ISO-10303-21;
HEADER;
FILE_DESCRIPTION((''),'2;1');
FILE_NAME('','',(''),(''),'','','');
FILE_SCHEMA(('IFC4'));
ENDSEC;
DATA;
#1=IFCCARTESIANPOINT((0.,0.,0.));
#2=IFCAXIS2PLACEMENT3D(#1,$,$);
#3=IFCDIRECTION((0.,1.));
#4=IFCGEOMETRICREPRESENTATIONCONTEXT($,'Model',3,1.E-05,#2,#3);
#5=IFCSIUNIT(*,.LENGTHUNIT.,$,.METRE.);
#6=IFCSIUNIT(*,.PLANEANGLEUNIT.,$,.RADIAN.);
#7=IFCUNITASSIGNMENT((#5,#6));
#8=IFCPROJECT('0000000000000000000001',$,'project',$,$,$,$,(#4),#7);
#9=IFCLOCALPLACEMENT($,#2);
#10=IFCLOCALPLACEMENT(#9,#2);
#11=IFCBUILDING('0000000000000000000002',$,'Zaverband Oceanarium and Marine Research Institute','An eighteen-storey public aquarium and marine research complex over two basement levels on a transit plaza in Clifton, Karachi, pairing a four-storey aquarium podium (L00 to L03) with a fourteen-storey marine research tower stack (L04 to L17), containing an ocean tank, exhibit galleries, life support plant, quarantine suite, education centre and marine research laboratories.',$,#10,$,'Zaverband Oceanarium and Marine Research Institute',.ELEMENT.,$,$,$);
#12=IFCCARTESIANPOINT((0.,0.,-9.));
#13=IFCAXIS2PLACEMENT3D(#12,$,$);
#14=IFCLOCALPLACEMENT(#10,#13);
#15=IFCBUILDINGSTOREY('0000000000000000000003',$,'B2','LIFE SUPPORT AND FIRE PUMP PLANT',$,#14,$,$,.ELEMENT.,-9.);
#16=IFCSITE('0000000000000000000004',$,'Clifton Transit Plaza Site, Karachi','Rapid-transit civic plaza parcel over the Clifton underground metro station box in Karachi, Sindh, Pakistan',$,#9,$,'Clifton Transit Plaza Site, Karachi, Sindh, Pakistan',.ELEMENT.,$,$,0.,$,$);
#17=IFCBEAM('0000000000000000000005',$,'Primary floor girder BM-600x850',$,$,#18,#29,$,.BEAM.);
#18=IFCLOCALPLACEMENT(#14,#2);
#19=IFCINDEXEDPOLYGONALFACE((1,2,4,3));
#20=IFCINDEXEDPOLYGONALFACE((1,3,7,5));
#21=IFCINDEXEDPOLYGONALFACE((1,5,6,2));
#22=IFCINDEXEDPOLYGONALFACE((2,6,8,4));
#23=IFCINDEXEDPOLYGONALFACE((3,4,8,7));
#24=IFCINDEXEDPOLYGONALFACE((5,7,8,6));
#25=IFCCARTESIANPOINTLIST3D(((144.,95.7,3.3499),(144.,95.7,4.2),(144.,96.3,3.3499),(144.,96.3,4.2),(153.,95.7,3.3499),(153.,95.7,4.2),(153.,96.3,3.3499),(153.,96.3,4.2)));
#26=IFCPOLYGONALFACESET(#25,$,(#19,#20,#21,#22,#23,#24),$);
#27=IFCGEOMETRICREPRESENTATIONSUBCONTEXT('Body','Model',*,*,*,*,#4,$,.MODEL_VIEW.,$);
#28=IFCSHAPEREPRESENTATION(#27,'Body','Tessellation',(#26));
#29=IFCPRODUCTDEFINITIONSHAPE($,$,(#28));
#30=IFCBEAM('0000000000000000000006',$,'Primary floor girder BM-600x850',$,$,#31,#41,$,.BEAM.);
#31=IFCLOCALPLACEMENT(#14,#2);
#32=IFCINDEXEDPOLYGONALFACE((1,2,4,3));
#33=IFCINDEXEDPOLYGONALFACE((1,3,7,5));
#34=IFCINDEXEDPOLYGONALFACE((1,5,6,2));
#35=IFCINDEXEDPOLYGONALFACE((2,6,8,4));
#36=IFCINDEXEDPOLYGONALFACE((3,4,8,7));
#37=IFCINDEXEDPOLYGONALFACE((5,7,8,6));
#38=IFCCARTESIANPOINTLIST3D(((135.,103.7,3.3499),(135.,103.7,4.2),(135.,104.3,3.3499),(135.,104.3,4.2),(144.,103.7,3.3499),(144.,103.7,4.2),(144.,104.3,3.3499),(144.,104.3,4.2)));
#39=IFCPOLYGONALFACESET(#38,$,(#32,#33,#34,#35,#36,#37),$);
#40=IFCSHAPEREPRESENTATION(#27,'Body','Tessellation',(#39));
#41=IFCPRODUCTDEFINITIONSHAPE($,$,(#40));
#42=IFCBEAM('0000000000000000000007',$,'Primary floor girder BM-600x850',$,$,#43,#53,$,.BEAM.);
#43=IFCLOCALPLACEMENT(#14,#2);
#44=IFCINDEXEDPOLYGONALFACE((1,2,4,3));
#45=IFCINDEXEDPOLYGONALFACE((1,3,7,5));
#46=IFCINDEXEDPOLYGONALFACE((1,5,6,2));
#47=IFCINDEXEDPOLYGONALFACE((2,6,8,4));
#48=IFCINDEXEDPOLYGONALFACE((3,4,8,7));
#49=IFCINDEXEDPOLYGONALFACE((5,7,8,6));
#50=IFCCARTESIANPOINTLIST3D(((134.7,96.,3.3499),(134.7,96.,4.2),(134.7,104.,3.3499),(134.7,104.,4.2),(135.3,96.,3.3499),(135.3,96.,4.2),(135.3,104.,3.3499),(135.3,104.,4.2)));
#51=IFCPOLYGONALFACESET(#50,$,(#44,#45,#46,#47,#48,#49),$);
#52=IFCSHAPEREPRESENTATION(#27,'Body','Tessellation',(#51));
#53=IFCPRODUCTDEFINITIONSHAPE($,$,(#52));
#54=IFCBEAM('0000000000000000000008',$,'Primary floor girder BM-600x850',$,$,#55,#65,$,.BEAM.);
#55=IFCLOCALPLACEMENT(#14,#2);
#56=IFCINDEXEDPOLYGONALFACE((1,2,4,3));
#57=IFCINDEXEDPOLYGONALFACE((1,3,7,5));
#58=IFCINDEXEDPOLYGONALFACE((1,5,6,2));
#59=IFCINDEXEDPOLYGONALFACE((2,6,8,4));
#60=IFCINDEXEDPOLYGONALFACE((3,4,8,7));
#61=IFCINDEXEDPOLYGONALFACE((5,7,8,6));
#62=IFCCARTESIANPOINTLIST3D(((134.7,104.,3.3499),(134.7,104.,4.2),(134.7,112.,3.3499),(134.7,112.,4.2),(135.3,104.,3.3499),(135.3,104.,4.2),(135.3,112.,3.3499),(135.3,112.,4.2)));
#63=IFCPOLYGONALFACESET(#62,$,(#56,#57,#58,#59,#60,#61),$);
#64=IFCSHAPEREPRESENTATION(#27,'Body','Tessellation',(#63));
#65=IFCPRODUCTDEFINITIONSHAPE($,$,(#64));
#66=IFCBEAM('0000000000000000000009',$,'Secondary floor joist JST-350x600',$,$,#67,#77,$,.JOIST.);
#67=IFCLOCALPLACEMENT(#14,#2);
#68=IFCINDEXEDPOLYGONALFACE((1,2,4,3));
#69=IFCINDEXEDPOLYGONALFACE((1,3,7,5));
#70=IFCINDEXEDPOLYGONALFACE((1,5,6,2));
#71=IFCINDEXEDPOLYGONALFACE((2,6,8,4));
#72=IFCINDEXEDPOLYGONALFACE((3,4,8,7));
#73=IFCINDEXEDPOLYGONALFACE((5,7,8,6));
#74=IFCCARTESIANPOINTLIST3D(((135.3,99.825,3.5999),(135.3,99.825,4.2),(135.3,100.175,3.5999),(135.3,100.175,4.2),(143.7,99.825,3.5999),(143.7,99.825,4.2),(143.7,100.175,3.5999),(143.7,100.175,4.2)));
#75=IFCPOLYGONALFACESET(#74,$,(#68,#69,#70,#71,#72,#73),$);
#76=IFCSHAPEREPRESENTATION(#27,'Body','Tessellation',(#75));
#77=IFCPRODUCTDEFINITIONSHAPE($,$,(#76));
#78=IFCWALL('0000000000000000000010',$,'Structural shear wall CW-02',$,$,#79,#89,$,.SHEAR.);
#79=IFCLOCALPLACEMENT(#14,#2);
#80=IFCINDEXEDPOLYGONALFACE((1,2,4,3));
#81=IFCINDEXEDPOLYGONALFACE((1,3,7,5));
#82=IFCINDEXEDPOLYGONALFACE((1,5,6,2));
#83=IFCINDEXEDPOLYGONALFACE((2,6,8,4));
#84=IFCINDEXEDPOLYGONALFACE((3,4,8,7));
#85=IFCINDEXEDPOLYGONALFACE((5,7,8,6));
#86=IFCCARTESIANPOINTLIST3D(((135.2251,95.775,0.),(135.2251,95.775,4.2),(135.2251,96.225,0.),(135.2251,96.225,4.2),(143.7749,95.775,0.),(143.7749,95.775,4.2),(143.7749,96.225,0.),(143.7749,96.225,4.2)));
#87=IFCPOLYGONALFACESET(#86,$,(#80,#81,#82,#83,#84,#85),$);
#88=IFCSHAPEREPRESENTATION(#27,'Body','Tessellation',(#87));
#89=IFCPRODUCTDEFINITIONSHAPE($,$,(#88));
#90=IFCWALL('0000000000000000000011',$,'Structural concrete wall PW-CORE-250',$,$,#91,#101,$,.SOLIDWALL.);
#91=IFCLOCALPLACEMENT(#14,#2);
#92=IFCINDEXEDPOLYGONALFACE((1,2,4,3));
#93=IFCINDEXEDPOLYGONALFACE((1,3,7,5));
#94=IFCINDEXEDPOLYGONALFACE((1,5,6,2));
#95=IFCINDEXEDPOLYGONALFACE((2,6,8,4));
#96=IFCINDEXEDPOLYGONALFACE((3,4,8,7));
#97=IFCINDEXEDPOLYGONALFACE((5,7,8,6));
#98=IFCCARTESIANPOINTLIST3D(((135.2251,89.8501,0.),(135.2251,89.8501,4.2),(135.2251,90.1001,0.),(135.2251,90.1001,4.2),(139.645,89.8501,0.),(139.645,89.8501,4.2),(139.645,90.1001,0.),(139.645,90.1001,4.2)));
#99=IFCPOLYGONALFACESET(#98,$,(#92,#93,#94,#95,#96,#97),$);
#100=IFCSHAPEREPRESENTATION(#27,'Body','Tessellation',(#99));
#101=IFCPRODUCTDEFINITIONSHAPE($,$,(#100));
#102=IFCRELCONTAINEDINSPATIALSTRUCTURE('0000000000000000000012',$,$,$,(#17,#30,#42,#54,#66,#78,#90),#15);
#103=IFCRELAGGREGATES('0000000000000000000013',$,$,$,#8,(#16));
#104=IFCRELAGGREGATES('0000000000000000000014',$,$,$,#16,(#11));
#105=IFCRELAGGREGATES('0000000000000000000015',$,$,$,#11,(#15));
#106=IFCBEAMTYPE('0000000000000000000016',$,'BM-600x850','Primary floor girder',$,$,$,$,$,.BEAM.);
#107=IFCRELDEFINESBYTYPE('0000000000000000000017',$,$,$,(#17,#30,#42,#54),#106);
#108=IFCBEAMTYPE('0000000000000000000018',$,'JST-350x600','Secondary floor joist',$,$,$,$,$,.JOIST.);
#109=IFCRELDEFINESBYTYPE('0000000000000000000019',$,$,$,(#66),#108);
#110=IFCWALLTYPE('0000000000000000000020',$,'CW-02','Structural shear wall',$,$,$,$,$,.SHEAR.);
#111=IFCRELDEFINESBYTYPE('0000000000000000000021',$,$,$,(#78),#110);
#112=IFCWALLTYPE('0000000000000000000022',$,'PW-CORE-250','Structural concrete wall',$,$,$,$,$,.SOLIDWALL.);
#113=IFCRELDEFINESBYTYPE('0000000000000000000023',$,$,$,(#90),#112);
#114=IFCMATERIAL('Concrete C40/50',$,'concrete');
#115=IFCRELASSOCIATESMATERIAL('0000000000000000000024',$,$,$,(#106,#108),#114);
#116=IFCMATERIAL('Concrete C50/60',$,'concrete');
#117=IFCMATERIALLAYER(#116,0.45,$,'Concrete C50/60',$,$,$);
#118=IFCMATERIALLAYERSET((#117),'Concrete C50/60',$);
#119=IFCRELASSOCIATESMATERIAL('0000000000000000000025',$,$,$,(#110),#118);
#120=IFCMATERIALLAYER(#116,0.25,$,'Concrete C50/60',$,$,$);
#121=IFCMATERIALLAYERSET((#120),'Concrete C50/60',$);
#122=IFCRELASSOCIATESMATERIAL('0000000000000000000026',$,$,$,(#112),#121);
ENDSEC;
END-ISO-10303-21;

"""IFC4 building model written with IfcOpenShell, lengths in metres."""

from ifc_helpers import new_model, si_unit, direction, frame, frame_2d, origin, origin_2d, place, context, subcontext, project, spatial, rectangle, extrude, material, layer, layer_set, material_profile, profile_set, type_object, element, save


model = new_model("IFC4")

# Units and contexts
model_context = context("Model", 3, precision=1e-05, world=origin(), true_north=direction((0.0, 1.0)))
body_context = subcontext(model_context, "Body", "Model", "MODEL_VIEW")
ifc_project = project(units=[si_unit("LENGTHUNIT", "METRE"), si_unit("PLANEANGLEUNIT", "RADIAN")], contexts=[model_context])

# Site, building, storey
site_placement = place(None, origin())
site = spatial("IfcSite", under=ifc_project, at=site_placement, Name="Clifton Transit Plaza Site, Karachi", Description="Rapid-transit civic plaza parcel over the Clifton underground metro station box in Karachi, Sindh, Pakistan", LongName="Clifton Transit Plaza Site, Karachi, Sindh, Pakistan", CompositionType="ELEMENT", RefElevation=0.0)
building_placement = place(site_placement, origin())
building = spatial("IfcBuilding", under=site, at=building_placement, Name="Zaverband Oceanarium and Marine Research Institute", Description="An eighteen-storey public aquarium and marine research complex over two basement levels on a transit plaza in Clifton, Karachi, pairing a four-storey aquarium podium (L00 to L03) with a fourteen-storey marine research tower stack (L04 to L17), containing an ocean tank, exhibit galleries, life support plant, quarantine suite, education centre and marine research laboratories.", LongName="Zaverband Oceanarium and Marine Research Institute", CompositionType="ELEMENT")
storey_placement = place(building_placement, frame((0.0, 0.0, -9.0)))
storey = spatial("IfcBuildingStorey", under=building, at=storey_placement, Name="B2", Description="LIFE SUPPORT AND FIRE PUMP PLANT", CompositionType="ELEMENT", Elevation=-9.0)

# Shared definitions
ifc_material_1 = material(Name="Concrete C50/60", Category="concrete")

# Beams
ifc_material_2 = material(Name="Concrete C40/50", Category="concrete")
ifc_material_profile_1 = material_profile(ifc_material_2, rectangle(XDim=0.6001, YDim=0.8501, at=origin_2d()), Name="RC600x850")
ifc_profile_set_1 = profile_set([ifc_material_profile_1], Name="Concrete C40/50")
beam_type_1 = type_object("IfcBeamType", Name="BM-600x850", Description="Primary floor girder", PredefinedType="BEAM", material=ifc_profile_set_1)
for number, where, z_axis, x_axis, name in (
    (1, (144.0, 96.0, 3.7749), (1.0, 0.0, 0.0), (0.0, 1.0, 0.0), "Primary floor girder BM-600x850"),
    (2, (135.0, 104.0, 3.7749), (1.0, 0.0, 0.0), (0.0, 1.0, 0.0), "Primary floor girder BM-600x850"),
):
    element("IfcBeam", number, at=place(storey_placement, frame(where, z_axis=z_axis, x_axis=x_axis)), inside=storey, type_object=beam_type_1, Name=name, PredefinedType="BEAM", context=body_context, shape_type="SweptSolid", body=[
        extrude(rectangle(XDim=0.6001, YDim=0.8501, at=origin_2d()), origin(), (0.0, 0.0, 1.0), 9.0),
    ])
for number, where, z_axis, x_axis, name in (
    (3, (135.0, 96.0, 3.7749), (0.0, 1.0, 0.0), (-1.0, 0.0, 0.0), "Primary floor girder BM-600x850"),
    (4, (135.0, 104.0, 3.7749), (0.0, 1.0, 0.0), (-1.0, 0.0, 0.0), "Primary floor girder BM-600x850"),
):
    element("IfcBeam", number, at=place(storey_placement, frame(where, z_axis=z_axis, x_axis=x_axis)), inside=storey, type_object=beam_type_1, Name=name, PredefinedType="BEAM", context=body_context, shape_type="SweptSolid", body=[
        extrude(rectangle(XDim=0.6001, YDim=0.8501, at=origin_2d()), origin(), (0.0, 0.0, 1.0), 8.0),
    ])
ifc_material_profile_2 = material_profile(ifc_material_2, rectangle(XDim=0.3501, YDim=0.6001, at=origin_2d()), Name="RC350x600")
ifc_profile_set_2 = profile_set([ifc_material_profile_2], Name="Concrete C40/50")
beam_type_2 = type_object("IfcBeamType", Name="JST-350x600", Description="Secondary floor joist", PredefinedType="JOIST", material=ifc_profile_set_2)
beam_placement = place(storey_placement, frame((135.3, 100.0, 3.8999), z_axis=(1.0, 0.0, 0.0), x_axis=(0.0, 1.0, 0.0)))
element("IfcBeam", 5, at=beam_placement, inside=storey, type_object=beam_type_2, Name="Secondary floor joist JST-350x600", PredefinedType="JOIST", context=body_context, shape_type="SweptSolid", body=[
    extrude(rectangle(XDim=0.3501, YDim=0.6001, at=origin_2d()), origin(), (0.0, 0.0, 1.0), 8.3999),
])

# Walls
ifc_layer_1 = layer(ifc_material_1, 0.45, Name="Concrete C50/60")
ifc_layer_set_1 = layer_set([ifc_layer_1], Name="Concrete C50/60")
wall_type_1 = type_object("IfcWallType", Name="CW-02", Description="Structural shear wall", PredefinedType="SHEAR", material=ifc_layer_set_1)
wall_1_placement = place(storey_placement, frame((135.2251, 96.0, 0.0), z_axis=(0.0, 0.0, 1.0), x_axis=(1.0, 0.0, 0.0)))
element("IfcWall", 6, at=wall_1_placement, inside=storey, type_object=wall_type_1, Name="Structural shear wall CW-02", PredefinedType="SHEAR", context=body_context, shape_type="SweptSolid", body=[
    extrude(rectangle(XDim=8.5498, YDim=0.45, at=frame_2d((4.2749, 0.0))), origin(), (0.0, 0.0, 1.0), 4.2),
])
ifc_layer_2 = layer(ifc_material_1, 0.25, Name="Concrete C50/60")
ifc_layer_set_2 = layer_set([ifc_layer_2], Name="Concrete C50/60")
wall_type_2 = type_object("IfcWallType", Name="PW-CORE-250", Description="Structural concrete wall", PredefinedType="SOLIDWALL", material=ifc_layer_set_2)
wall_2_placement = place(storey_placement, frame((135.2251, 89.9751, 0.0), z_axis=(0.0, 0.0, 1.0), x_axis=(1.0, 0.0, 0.0)))
element("IfcWall", 7, at=wall_2_placement, inside=storey, type_object=wall_type_2, Name="Structural concrete wall PW-CORE-250", PredefinedType="SOLIDWALL", context=body_context, shape_type="SweptSolid", body=[
    extrude(rectangle(XDim=4.4199, YDim=0.25, at=frame_2d((2.21, 0.0))), origin(), (0.0, 0.0, 1.0), 4.2),
])

save(model, "model.ifc")
